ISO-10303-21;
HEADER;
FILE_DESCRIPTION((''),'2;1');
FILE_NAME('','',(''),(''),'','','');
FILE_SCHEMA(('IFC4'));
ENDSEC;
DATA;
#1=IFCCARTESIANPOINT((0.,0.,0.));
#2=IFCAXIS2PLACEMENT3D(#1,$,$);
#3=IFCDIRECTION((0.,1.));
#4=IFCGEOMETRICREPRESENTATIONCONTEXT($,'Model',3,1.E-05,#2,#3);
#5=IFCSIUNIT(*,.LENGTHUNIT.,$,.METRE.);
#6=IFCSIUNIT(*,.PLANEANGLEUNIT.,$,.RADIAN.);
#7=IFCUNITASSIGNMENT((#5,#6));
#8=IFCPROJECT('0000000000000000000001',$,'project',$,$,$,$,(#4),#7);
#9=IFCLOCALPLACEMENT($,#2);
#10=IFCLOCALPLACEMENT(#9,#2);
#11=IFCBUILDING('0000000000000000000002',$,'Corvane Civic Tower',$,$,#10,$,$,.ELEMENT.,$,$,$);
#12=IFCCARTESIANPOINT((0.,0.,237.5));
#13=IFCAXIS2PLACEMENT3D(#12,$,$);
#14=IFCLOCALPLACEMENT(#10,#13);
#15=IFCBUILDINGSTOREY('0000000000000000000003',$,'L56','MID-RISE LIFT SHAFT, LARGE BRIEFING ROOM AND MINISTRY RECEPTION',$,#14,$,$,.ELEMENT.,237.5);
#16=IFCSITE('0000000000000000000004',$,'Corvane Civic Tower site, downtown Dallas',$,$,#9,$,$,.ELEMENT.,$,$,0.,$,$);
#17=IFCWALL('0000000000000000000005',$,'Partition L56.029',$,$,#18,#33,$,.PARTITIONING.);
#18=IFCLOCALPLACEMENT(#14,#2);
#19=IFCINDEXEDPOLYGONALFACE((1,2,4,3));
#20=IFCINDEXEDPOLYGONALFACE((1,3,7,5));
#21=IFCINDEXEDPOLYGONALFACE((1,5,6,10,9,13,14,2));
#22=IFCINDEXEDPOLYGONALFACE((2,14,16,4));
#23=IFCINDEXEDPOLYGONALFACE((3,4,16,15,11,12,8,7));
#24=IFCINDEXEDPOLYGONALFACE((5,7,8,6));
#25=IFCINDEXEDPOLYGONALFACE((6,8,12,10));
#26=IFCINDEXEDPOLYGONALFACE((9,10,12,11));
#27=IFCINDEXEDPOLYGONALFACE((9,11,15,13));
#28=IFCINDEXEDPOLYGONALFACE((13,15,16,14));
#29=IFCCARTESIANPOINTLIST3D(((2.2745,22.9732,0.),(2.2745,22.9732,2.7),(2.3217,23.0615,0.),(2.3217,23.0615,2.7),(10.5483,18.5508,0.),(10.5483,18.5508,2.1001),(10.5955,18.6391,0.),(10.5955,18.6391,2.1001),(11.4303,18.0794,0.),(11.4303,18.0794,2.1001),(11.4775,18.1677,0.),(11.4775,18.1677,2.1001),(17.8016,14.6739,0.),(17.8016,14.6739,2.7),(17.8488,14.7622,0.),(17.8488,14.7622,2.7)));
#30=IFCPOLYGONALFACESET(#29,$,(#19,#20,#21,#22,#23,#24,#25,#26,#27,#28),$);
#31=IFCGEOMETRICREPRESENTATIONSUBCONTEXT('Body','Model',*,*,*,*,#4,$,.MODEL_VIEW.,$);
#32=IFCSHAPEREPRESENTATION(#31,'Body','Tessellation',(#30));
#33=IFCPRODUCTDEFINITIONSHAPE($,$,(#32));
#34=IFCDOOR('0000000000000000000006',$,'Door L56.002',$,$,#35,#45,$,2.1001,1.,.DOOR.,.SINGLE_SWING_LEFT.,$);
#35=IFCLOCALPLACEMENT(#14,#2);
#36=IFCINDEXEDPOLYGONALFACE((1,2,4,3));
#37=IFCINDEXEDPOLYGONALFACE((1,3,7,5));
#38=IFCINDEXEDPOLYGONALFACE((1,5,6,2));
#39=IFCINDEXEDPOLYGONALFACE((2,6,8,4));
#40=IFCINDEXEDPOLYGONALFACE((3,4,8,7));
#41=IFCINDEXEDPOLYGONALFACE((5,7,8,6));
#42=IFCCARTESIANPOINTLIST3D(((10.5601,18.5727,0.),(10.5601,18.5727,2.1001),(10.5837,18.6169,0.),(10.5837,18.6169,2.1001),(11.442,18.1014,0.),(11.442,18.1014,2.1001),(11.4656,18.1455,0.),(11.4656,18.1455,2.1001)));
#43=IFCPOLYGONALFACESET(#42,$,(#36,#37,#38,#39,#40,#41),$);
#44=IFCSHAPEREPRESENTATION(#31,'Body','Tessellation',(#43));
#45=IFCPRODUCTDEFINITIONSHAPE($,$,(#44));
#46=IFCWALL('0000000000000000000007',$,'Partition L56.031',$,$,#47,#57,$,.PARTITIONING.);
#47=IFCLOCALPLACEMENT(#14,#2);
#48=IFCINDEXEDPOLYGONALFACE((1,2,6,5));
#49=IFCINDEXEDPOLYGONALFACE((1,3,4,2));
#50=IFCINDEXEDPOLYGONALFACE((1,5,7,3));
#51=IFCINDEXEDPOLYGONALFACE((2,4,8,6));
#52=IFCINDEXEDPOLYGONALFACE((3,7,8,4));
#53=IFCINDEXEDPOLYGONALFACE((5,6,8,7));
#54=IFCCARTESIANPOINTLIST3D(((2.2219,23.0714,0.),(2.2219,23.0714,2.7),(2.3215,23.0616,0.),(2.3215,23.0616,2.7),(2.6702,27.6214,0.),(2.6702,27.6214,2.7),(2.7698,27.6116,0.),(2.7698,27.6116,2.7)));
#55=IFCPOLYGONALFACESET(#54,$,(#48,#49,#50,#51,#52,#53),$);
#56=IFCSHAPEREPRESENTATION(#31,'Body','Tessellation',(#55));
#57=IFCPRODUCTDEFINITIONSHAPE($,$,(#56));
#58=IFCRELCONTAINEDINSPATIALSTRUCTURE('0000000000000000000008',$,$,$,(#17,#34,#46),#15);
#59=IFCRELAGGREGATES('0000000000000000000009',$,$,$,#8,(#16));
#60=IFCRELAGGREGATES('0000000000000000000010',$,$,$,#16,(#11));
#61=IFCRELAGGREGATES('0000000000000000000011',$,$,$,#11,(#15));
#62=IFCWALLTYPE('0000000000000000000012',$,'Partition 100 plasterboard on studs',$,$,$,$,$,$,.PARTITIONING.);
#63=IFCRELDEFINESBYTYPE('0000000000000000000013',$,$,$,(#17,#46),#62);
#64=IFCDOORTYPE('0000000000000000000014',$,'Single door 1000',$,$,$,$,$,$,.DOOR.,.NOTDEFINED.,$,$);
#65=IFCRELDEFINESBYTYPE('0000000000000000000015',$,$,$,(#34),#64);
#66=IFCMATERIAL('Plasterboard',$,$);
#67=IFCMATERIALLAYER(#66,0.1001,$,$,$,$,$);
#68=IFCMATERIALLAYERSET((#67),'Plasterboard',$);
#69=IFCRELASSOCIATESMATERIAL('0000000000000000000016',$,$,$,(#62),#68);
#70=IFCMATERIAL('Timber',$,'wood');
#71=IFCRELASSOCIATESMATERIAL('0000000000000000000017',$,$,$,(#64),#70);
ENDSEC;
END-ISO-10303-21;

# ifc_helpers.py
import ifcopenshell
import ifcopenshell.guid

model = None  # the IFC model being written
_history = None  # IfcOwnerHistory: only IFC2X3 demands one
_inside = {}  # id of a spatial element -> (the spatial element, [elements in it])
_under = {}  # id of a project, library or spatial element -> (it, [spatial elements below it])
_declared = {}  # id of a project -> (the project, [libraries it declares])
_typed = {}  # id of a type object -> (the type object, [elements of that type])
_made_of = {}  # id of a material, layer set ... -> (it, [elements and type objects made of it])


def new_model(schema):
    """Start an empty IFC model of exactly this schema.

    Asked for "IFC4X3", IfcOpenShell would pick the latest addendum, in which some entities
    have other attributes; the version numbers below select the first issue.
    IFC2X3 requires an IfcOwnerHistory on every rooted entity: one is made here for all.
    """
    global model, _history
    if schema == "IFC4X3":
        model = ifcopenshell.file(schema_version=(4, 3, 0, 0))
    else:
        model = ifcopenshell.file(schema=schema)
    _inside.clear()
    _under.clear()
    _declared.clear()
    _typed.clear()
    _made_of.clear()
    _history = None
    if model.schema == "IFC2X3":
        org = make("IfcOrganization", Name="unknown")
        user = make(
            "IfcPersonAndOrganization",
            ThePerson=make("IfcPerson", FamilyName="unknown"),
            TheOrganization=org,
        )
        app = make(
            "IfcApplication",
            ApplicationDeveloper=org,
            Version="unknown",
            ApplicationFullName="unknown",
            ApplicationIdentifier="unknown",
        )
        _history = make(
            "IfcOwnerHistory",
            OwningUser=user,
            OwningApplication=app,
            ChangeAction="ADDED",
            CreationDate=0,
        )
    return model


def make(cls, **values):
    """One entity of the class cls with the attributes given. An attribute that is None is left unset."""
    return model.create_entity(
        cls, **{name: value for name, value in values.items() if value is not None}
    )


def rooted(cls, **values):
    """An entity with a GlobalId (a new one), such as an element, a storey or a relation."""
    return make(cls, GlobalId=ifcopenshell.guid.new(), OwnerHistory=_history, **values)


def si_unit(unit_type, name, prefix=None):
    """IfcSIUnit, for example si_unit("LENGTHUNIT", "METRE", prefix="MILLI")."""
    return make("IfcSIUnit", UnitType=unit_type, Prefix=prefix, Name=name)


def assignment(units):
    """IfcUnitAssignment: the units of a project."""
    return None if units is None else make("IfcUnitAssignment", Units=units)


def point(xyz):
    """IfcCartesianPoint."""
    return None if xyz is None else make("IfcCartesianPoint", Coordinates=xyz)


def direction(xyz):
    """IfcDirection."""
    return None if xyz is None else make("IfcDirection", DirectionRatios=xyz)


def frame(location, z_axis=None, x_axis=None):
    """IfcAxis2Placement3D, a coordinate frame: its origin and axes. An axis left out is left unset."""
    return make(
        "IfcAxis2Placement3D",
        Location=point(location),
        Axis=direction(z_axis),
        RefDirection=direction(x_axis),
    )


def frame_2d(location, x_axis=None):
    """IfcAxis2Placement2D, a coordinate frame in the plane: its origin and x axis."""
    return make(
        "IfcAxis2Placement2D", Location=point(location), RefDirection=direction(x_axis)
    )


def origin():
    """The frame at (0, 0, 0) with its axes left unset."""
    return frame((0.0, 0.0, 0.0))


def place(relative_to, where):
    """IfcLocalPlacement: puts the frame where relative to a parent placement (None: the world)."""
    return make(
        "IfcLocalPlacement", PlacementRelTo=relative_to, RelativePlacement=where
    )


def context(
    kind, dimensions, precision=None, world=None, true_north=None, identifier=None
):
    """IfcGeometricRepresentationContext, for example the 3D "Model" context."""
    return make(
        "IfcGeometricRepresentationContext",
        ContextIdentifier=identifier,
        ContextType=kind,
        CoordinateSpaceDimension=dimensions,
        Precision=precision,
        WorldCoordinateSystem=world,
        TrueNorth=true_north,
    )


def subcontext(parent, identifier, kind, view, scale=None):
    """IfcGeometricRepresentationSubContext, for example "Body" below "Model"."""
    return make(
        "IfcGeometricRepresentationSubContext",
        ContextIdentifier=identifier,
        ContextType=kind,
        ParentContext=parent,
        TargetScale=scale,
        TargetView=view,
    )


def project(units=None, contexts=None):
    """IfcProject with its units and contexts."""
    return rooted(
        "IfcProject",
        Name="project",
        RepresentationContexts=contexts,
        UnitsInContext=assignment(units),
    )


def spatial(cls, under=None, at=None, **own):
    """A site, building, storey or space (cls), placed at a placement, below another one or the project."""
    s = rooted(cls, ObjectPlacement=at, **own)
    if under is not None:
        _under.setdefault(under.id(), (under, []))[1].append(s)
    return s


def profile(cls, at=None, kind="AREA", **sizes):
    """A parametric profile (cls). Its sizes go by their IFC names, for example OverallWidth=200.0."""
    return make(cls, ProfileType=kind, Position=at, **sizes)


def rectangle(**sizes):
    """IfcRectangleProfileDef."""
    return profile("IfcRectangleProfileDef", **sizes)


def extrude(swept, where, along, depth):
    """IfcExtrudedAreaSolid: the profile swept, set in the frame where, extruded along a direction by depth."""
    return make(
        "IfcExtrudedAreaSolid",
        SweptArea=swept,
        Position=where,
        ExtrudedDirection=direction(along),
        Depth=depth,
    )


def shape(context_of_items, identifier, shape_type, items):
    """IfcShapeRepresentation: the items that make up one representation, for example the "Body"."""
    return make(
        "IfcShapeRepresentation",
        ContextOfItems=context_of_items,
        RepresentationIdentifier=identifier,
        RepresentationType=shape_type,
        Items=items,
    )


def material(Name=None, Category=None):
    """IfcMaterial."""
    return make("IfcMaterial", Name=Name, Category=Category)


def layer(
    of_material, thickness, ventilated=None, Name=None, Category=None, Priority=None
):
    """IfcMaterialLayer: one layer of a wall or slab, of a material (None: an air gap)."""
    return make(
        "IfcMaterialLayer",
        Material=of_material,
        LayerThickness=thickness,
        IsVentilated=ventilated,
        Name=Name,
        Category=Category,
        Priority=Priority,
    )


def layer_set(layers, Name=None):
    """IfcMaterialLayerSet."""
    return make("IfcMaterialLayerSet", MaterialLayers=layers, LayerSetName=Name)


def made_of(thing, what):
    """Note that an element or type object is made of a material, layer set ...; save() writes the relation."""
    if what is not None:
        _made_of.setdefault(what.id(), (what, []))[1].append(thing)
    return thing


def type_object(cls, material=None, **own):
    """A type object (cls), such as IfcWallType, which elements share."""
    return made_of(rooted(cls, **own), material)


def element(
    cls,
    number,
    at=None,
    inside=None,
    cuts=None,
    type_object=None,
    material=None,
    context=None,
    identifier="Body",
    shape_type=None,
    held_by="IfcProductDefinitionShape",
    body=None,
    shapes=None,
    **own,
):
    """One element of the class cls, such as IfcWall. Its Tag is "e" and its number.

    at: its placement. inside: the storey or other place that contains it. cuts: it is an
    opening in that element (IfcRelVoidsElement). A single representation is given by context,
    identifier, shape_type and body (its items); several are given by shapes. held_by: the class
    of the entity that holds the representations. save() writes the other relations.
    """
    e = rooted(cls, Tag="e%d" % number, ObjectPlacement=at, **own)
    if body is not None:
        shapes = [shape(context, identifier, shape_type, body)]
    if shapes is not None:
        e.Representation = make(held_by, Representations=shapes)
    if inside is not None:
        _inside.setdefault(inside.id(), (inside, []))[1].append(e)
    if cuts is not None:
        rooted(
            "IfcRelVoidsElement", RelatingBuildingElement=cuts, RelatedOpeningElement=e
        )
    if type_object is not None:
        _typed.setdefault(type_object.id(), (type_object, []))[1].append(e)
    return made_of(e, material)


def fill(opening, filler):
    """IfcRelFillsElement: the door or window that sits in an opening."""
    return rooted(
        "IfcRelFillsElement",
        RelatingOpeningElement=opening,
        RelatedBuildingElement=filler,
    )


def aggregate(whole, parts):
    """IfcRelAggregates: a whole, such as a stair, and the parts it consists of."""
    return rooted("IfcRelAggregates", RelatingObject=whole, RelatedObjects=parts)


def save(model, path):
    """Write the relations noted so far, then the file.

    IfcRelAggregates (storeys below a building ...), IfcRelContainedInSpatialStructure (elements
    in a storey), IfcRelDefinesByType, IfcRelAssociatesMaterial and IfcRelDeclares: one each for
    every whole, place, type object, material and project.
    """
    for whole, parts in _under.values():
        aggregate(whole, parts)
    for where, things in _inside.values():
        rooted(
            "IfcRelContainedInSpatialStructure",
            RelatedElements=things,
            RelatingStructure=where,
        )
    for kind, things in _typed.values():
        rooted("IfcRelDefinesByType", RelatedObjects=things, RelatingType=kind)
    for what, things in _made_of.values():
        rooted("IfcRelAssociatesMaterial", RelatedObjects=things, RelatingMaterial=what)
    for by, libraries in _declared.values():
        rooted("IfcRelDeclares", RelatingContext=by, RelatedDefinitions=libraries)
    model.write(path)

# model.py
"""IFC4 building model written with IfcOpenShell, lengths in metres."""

from ifc_helpers import new_model, si_unit, direction, frame, frame_2d, origin, place, context, subcontext, project, spatial, rectangle, extrude, material, layer, layer_set, type_object, element, fill, save


model = new_model("IFC4")

# Units and contexts
model_context = context("Model", 3, precision=1e-05, world=origin(), true_north=direction((0.0, 1.0)))
body_context = subcontext(model_context, "Body", "Model", "MODEL_VIEW")
ifc_project = project(units=[si_unit("LENGTHUNIT", "METRE"), si_unit("PLANEANGLEUNIT", "RADIAN")], contexts=[model_context])

# Site, building, storey
site_placement = place(None, origin())
site = spatial("IfcSite", under=ifc_project, at=site_placement, Name="Corvane Civic Tower site, downtown Dallas", CompositionType="ELEMENT", RefElevation=0.0)
building_placement = place(site_placement, origin())
building = spatial("IfcBuilding", under=site, at=building_placement, Name="Corvane Civic Tower", CompositionType="ELEMENT")
storey_placement = place(building_placement, frame((0.0, 0.0, 237.5)))
storey = spatial("IfcBuildingStorey", under=building, at=storey_placement, Name="L56", Description="MID-RISE LIFT SHAFT, LARGE BRIEFING ROOM AND MINISTRY RECEPTION", CompositionType="ELEMENT", Elevation=237.5)

# Wall, opening, door
ifc_material_1 = material(Name="Plasterboard")
ifc_layer_1 = layer(ifc_material_1, 0.1001)
ifc_layer_set_1 = layer_set([ifc_layer_1], Name="Plasterboard")
wall_type_1 = type_object("IfcWallType", Name="Partition 100 plasterboard on studs", PredefinedType="PARTITIONING", material=ifc_layer_set_1)
wall_1_placement = place(storey_placement, frame((2.2981, 23.0173, 0.0), z_axis=(0.0, 0.0, 1.0), x_axis=(0.881923, -0.471393, 0.0)))
wall_1 = element("IfcWall", 1, at=wall_1_placement, inside=storey, type_object=wall_type_1, Name="Partition L56.029", PredefinedType="PARTITIONING", context=body_context, shape_type="SweptSolid", body=[
    extrude(rectangle(XDim=17.606, YDim=0.1001, at=frame_2d((8.803, 0.0))), origin(), (0.0, 0.0, 1.0), 2.7),
])
opening_1_placement = place(wall_1_placement, frame((9.3816, 0.0, 0.0)))
opening_1 = element("IfcOpeningElement", 2, at=opening_1_placement, cuts=wall_1, PredefinedType="OPENING", context=body_context, shape_type="SweptSolid", body=[
    extrude(rectangle(XDim=1.0, YDim=2.1001, at=frame_2d((0.5, 1.05))), frame((0.0, 0.0601, 0.0), z_axis=(0.0, -1.0, 0.0), x_axis=(1.0, 0.0, 0.0)), (0.0, 0.0, 1.0), 0.1201),
])
ifc_material_2 = material(Name="Timber", Category="wood")
door_type_1 = type_object("IfcDoorType", Name="Single door 1000", OperationType="NOTDEFINED", PredefinedType="DOOR", material=ifc_material_2)
door_1_placement = place(opening_1_placement, origin())
door_1 = element("IfcDoor", 3, at=door_1_placement, inside=storey, type_object=door_type_1, Name="Door L56.002", OperationType="SINGLE_SWING_LEFT", OverallHeight=2.1001, OverallWidth=1.0, PredefinedType="DOOR", context=body_context, shape_type="SweptSolid", body=[
    extrude(rectangle(XDim=1.0, YDim=2.1001, at=frame_2d((0.5, 1.05))), frame((0.0, 0.0249, 0.0), z_axis=(0.0, -1.0, 0.0), x_axis=(1.0, 0.0, 0.0)), (0.0, 0.0, 1.0), 0.05),
])
fill(opening_1, door_1)

# Wall
wall_2_placement = place(storey_placement, frame((2.2717, 23.0664, 0.0), z_axis=(0.0, 0.0, 1.0), x_axis=(0.098039, 0.995183, 0.0)))
element("IfcWall", 4, at=wall_2_placement, inside=storey, type_object=wall_type_1, Name="Partition L56.031", PredefinedType="PARTITIONING", context=body_context, shape_type="SweptSolid", body=[
    extrude(rectangle(XDim=4.572, YDim=0.1001, at=frame_2d((2.2861, 0.0))), origin(), (0.0, 0.0, 1.0), 2.7),
])

save(model, "model.ifc")
